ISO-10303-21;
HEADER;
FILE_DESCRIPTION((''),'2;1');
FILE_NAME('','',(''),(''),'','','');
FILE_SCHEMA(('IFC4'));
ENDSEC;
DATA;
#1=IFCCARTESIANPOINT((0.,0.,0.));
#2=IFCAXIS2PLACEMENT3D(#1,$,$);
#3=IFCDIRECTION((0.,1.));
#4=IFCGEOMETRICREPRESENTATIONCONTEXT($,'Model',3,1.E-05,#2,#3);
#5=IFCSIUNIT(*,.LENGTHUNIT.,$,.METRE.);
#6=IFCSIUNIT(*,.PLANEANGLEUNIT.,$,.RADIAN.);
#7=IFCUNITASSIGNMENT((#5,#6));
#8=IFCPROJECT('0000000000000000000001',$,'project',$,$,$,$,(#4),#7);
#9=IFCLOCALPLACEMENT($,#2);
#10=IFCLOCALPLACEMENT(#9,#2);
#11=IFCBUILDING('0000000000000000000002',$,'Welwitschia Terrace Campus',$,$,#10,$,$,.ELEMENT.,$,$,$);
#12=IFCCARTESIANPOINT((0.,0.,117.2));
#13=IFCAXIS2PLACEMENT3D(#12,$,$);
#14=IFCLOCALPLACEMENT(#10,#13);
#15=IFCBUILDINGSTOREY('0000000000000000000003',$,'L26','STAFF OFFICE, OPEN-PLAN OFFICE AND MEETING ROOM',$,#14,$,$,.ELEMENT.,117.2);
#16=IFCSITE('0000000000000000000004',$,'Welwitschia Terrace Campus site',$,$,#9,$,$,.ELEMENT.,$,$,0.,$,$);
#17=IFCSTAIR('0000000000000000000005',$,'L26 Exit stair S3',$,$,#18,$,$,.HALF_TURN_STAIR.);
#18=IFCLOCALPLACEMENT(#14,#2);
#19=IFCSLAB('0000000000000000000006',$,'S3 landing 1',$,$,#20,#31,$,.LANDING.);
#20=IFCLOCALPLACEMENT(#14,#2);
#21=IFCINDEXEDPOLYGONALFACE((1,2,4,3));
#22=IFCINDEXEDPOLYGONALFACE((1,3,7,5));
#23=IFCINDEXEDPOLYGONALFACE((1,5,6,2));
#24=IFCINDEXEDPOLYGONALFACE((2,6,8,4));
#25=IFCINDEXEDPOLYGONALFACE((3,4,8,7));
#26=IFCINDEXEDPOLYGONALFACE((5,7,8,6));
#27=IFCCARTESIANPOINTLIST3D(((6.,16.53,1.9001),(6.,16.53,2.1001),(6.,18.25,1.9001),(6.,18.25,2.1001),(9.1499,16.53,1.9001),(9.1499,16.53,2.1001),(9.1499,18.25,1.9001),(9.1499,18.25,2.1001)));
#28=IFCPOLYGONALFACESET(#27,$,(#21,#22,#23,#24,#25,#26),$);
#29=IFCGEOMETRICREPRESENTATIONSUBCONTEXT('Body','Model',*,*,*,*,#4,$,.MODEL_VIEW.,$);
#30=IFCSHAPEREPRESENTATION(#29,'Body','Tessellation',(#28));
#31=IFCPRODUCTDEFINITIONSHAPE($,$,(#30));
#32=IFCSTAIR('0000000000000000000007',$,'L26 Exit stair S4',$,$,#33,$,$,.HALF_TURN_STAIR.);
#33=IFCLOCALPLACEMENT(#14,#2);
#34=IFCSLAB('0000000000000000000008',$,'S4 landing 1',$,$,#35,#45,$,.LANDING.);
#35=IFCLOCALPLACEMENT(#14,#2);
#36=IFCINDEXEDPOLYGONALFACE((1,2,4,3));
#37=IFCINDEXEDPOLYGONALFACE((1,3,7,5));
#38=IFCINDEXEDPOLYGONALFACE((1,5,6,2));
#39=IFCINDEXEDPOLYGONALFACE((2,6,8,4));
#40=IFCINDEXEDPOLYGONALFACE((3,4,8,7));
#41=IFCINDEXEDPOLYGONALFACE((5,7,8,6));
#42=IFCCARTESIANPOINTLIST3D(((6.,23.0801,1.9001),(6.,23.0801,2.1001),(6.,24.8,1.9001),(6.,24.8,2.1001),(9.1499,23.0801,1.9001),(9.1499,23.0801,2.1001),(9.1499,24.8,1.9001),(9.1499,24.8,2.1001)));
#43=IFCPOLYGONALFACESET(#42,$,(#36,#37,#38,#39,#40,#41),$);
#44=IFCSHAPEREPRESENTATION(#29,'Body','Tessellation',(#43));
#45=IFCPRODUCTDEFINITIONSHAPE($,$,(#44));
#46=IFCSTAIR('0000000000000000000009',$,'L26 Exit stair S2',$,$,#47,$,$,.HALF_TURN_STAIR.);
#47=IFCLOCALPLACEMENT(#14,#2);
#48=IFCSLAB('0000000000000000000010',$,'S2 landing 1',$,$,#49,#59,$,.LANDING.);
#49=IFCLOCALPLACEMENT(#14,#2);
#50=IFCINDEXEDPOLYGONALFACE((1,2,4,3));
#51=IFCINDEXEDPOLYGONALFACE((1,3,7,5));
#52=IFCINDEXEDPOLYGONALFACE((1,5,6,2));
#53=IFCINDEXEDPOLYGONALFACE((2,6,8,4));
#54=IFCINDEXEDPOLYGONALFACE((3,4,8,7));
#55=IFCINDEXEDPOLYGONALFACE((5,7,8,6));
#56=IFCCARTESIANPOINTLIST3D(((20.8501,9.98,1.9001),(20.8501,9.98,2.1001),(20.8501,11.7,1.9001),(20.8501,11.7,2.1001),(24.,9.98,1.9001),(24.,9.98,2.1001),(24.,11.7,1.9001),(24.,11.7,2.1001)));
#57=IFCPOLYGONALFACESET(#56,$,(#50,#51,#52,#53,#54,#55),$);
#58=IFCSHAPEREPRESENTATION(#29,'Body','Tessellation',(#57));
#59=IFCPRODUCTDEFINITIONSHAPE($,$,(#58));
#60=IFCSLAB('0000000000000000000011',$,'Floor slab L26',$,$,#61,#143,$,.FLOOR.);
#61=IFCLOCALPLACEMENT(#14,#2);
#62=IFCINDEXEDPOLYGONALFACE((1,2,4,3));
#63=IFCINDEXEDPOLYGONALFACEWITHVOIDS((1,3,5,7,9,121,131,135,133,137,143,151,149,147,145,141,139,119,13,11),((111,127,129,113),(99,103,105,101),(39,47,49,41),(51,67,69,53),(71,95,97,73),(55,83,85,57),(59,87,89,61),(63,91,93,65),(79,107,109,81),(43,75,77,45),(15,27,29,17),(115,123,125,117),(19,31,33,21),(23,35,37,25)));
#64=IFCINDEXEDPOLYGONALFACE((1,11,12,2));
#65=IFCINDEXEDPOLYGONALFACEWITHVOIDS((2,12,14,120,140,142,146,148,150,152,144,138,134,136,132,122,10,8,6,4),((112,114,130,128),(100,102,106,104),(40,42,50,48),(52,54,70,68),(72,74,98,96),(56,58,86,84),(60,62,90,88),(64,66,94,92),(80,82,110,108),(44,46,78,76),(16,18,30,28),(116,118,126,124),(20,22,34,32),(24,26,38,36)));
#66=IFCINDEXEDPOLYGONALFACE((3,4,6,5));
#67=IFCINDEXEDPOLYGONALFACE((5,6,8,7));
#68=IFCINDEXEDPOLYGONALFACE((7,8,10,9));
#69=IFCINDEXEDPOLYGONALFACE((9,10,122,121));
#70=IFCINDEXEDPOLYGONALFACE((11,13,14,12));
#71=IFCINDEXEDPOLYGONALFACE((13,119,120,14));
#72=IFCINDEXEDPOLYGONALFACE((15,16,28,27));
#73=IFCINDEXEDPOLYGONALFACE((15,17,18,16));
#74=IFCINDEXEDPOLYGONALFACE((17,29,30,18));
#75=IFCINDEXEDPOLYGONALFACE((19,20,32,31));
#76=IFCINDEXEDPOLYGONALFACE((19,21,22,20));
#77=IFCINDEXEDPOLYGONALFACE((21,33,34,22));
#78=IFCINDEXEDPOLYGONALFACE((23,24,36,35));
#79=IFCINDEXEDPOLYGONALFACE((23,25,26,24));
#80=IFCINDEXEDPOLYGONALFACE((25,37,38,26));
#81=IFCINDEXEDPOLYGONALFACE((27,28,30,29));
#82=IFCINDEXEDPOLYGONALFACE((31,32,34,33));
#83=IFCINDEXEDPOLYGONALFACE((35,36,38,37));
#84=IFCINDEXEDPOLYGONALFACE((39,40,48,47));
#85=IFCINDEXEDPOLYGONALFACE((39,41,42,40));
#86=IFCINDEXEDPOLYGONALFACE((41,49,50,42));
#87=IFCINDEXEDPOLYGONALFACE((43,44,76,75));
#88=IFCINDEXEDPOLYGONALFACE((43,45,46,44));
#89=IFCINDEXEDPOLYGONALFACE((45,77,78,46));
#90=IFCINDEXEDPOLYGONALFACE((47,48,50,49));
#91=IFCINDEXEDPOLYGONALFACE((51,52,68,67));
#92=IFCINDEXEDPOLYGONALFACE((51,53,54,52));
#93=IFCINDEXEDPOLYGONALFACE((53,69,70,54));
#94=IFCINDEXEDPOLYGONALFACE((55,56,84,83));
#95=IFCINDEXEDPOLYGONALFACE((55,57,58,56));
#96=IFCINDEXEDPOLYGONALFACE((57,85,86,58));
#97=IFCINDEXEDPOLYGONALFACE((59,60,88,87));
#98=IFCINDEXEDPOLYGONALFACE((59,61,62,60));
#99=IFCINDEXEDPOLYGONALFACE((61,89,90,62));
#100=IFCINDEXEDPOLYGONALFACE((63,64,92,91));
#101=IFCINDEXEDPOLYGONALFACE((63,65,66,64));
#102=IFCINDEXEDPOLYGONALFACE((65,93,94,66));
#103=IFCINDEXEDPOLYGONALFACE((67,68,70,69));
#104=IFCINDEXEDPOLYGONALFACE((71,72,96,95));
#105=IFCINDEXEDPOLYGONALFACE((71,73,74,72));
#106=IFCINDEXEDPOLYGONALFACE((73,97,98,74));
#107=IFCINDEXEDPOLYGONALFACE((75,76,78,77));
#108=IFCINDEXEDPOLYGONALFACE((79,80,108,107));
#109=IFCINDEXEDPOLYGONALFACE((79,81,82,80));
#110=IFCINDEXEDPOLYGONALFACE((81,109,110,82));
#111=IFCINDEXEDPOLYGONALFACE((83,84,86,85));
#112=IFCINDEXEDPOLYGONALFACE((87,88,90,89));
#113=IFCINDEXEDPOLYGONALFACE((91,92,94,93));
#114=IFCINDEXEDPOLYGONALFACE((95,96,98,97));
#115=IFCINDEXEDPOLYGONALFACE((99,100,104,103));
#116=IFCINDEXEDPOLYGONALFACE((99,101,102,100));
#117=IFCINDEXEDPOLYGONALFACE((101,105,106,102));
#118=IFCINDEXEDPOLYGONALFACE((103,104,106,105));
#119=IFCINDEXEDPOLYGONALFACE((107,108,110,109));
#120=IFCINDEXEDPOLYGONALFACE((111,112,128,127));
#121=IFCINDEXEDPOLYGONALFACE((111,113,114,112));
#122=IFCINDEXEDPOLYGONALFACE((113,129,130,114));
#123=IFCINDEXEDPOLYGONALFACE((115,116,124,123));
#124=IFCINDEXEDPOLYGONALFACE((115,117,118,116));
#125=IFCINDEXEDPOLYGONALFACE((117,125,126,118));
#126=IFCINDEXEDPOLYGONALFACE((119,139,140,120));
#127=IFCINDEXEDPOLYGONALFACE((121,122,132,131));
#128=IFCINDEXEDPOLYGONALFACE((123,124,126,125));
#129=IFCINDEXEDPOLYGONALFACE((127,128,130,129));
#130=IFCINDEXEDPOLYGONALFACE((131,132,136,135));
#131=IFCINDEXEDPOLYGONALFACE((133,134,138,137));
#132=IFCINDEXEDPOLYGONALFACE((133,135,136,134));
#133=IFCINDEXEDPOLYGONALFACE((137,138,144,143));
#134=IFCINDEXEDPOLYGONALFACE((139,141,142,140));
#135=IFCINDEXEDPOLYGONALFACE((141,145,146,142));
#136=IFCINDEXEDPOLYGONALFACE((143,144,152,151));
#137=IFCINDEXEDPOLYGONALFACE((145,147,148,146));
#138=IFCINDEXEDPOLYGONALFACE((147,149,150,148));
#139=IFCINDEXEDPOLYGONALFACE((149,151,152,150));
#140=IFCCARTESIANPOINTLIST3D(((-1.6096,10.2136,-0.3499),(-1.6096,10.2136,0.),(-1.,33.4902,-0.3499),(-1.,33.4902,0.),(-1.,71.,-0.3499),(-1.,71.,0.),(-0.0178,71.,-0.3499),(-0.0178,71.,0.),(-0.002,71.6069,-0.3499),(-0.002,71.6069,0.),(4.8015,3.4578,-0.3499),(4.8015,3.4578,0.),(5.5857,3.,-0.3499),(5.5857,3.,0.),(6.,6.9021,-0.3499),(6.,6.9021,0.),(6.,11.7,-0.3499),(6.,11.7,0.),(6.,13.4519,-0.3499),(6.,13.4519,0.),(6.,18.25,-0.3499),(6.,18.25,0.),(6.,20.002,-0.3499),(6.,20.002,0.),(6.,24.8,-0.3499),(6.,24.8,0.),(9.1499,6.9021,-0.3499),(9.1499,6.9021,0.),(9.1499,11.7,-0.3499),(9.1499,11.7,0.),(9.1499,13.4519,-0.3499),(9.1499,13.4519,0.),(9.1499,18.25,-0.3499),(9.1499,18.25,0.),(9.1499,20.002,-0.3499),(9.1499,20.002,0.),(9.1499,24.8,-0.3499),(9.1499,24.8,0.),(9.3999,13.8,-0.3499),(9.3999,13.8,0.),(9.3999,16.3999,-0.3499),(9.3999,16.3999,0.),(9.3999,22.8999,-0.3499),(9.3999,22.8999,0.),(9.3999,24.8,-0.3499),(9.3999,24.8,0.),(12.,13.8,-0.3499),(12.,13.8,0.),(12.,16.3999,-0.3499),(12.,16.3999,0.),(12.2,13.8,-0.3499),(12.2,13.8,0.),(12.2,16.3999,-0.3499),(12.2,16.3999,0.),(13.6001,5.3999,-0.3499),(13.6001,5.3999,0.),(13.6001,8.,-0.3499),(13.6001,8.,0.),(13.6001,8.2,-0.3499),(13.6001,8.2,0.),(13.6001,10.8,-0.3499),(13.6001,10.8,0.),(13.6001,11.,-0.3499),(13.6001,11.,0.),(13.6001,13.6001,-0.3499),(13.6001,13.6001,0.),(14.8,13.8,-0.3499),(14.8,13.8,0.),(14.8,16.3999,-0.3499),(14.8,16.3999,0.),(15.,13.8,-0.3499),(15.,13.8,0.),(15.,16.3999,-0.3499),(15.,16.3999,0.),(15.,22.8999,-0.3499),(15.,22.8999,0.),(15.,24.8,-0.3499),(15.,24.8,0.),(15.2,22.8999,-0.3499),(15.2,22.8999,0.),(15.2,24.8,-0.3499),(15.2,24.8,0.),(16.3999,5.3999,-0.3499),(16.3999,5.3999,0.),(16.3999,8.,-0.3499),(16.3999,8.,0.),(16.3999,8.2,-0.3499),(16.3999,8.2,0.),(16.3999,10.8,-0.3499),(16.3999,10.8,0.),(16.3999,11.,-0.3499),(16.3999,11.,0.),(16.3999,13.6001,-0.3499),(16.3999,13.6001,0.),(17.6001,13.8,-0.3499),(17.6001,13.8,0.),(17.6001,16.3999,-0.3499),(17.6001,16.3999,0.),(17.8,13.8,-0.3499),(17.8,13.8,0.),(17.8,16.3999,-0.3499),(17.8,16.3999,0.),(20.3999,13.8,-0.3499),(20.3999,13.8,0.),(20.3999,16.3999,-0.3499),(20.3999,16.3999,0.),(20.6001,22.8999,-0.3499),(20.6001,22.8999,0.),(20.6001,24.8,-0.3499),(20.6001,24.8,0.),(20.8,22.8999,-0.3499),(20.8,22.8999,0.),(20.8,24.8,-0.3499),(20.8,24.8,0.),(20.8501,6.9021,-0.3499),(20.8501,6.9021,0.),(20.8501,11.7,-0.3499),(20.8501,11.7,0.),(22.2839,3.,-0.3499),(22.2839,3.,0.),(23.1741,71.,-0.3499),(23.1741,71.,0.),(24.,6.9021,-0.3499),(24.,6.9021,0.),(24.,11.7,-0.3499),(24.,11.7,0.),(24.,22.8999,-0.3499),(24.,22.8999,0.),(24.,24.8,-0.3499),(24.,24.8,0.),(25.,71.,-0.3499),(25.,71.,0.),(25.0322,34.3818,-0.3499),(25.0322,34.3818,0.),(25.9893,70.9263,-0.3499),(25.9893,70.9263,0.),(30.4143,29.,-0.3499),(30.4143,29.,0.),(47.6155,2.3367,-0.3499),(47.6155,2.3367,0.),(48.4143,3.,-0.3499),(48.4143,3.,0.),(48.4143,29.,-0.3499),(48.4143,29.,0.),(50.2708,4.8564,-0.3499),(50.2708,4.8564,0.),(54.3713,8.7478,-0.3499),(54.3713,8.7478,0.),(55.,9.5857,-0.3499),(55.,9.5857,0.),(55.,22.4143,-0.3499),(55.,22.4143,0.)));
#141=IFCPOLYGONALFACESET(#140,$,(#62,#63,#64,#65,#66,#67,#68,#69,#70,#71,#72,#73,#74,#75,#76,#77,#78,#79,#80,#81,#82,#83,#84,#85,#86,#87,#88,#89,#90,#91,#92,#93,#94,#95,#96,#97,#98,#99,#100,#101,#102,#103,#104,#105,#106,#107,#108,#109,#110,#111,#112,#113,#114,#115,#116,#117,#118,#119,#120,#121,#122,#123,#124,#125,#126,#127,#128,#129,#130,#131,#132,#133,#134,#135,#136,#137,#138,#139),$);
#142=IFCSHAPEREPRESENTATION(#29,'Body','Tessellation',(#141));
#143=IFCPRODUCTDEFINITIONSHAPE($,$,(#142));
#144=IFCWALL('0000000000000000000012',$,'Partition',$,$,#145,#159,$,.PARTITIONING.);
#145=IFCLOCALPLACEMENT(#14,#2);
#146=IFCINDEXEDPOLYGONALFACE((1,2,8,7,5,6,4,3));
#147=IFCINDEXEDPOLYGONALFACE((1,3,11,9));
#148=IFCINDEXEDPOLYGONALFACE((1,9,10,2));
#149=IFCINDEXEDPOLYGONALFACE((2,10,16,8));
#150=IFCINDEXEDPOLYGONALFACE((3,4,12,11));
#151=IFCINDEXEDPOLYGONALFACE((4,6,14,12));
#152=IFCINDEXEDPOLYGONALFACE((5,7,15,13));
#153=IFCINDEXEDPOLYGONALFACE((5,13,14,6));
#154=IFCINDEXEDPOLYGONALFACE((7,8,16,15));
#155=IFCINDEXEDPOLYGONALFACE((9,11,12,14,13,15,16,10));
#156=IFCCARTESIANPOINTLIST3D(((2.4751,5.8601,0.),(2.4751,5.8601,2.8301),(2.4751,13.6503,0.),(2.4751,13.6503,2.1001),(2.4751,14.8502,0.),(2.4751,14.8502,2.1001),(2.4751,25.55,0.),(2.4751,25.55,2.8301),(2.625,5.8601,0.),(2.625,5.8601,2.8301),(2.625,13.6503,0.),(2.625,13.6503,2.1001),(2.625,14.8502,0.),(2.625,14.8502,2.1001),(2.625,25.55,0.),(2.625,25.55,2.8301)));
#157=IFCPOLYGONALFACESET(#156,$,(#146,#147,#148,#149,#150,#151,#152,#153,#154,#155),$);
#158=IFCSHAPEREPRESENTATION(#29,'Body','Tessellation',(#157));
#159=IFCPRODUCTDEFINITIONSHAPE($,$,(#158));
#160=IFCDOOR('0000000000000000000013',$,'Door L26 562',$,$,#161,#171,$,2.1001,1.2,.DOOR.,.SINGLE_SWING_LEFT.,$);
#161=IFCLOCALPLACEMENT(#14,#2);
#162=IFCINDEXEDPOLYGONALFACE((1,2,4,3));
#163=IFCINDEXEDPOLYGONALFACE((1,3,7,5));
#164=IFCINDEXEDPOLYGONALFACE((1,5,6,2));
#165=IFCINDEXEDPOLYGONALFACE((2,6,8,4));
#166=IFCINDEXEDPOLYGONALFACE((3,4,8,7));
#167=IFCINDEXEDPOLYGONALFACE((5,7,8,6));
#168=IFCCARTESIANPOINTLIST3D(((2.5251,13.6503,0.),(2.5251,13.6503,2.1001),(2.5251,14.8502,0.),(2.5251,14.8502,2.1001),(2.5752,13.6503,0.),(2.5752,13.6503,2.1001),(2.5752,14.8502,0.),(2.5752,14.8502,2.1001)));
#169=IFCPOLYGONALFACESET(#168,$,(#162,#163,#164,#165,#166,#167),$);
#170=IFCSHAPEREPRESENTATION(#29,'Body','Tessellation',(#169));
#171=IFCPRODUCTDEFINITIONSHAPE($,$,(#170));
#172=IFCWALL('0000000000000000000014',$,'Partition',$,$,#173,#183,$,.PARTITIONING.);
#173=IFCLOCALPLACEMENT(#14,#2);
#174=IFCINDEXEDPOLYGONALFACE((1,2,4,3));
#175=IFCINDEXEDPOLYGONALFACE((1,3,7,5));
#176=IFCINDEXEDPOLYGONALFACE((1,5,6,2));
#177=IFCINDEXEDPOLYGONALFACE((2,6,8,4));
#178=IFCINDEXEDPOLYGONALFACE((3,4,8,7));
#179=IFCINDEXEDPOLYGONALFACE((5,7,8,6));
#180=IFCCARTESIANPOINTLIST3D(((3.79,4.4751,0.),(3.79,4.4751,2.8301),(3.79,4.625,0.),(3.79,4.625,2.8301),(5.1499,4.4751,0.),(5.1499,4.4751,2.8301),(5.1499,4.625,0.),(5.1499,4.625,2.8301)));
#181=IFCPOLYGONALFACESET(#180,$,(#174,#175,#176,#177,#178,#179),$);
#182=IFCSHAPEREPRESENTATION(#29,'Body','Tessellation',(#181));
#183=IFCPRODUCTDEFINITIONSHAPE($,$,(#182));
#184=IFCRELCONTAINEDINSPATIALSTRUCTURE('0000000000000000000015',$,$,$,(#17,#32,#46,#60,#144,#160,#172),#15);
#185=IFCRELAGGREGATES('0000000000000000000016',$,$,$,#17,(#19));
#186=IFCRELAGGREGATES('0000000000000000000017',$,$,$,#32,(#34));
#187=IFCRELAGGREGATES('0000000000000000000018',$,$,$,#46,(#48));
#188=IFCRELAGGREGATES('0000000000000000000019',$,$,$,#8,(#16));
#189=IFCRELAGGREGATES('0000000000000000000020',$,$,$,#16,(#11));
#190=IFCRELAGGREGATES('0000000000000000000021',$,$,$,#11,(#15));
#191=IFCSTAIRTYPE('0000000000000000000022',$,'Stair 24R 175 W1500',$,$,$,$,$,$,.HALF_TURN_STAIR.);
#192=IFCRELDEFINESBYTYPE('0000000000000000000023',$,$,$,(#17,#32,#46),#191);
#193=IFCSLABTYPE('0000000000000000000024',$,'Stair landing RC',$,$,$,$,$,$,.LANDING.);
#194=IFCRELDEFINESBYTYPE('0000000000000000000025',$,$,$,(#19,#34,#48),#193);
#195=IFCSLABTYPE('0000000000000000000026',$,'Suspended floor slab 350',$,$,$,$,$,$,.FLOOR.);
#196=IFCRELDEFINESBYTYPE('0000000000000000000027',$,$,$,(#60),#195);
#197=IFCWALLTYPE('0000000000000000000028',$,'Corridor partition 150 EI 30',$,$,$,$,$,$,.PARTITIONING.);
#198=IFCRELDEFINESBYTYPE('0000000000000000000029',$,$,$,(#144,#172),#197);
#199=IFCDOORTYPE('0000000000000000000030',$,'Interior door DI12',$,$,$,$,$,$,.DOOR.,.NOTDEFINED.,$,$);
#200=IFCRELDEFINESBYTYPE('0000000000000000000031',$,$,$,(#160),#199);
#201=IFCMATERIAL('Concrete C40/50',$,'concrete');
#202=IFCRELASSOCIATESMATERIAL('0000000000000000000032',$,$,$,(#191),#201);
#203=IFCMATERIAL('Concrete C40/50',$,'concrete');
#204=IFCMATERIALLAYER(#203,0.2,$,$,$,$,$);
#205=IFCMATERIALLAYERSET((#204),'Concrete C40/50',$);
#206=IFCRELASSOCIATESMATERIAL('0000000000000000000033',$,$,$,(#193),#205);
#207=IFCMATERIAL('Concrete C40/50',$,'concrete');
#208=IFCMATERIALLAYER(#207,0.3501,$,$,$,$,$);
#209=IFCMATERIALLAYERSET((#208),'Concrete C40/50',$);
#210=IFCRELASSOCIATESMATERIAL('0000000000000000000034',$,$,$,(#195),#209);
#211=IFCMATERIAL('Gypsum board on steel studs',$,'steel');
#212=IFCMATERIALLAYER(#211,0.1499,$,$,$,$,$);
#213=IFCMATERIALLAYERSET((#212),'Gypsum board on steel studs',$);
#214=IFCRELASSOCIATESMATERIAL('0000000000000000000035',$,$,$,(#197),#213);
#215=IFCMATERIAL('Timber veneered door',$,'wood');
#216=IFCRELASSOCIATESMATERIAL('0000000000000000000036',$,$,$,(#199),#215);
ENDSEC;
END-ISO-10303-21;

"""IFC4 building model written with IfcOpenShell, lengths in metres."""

from ifc_helpers import new_model, si_unit, direction, frame, frame_2d, origin, place, context, subcontext, project, spatial, polyline, rectangle, outline, extrude, material, layer, layer_set, type_object, element, fill, aggregate, save


model = new_model("IFC4")

# Units and contexts
model_context = context("Model", 3, precision=1e-05, world=origin(), true_north=direction((0.0, 1.0)))
body_context = subcontext(model_context, "Body", "Model", "MODEL_VIEW")
ifc_project = project(units=[si_unit("LENGTHUNIT", "METRE"), si_unit("PLANEANGLEUNIT", "RADIAN")], contexts=[model_context])

# Site, building, storey
site_placement = place(None, origin())
site = spatial("IfcSite", under=ifc_project, at=site_placement, Name="Welwitschia Terrace Campus site", CompositionType="ELEMENT", RefElevation=0.0)
building_placement = place(site_placement, origin())
building = spatial("IfcBuilding", under=site, at=building_placement, Name="Welwitschia Terrace Campus", CompositionType="ELEMENT")
storey_placement = place(building_placement, frame((0.0, 0.0, 117.2)))
storey = spatial("IfcBuildingStorey", under=building, at=storey_placement, Name="L26", Description="STAFF OFFICE, OPEN-PLAN OFFICE AND MEETING ROOM", CompositionType="ELEMENT", Elevation=117.2)

# Stairs, slabs
ifc_material_1 = material(Name="Concrete C40/50", Category="concrete")
stair_type = type_object("IfcStairType", Name="Stair 24R 175 W1500", PredefinedType="HALF_TURN_STAIR", material=ifc_material_1)
ifc_material_2 = material(Name="Concrete C40/50", Category="concrete")
ifc_layer_1 = layer(ifc_material_2, 0.2)
ifc_layer_set_1 = layer_set([ifc_layer_1], Name="Concrete C40/50")
slab_type_1 = type_object("IfcSlabType", Name="Stair landing RC", PredefinedType="LANDING", material=ifc_layer_set_1)
stair_1_placement = place(storey_placement, origin())
stair_1 = element("IfcStair", 1, at=stair_1_placement, inside=storey, type_object=stair_type, Name="L26 Exit stair S3", PredefinedType="HALF_TURN_STAIR")
slab_1_placement = place(storey_placement, frame((0.0, 0.0, 1.9001)))
slab_1 = element("IfcSlab", 2, at=slab_1_placement, type_object=slab_type_1, Name="S3 landing 1", PredefinedType="LANDING", context=body_context, shape_type="SweptSolid", body=[
    extrude(outline(polyline([(9.1499, 16.53), (9.1499, 18.25), (6.0, 18.25), (6.0, 16.53), (9.1499, 16.53)])), origin(), (0.0, 0.0, 1.0), 0.2),
])
aggregate(stair_1, [slab_1])
stair_2_placement = place(storey_placement, origin())
stair_2 = element("IfcStair", 3, at=stair_2_placement, inside=storey, type_object=stair_type, Name="L26 Exit stair S4", PredefinedType="HALF_TURN_STAIR")
slab_2_placement = place(storey_placement, frame((0.0, 0.0, 1.9001)))
slab_2 = element("IfcSlab", 4, at=slab_2_placement, type_object=slab_type_1, Name="S4 landing 1", PredefinedType="LANDING", context=body_context, shape_type="SweptSolid", body=[
    extrude(outline(polyline([(9.1499, 23.0801), (9.1499, 24.8), (6.0, 24.8), (6.0, 23.0801), (9.1499, 23.0801)])), origin(), (0.0, 0.0, 1.0), 0.2),
])
aggregate(stair_2, [slab_2])
stair_3_placement = place(storey_placement, origin())
stair_3 = element("IfcStair", 5, at=stair_3_placement, inside=storey, type_object=stair_type, Name="L26 Exit stair S2", PredefinedType="HALF_TURN_STAIR")
slab_3_placement = place(storey_placement, frame((0.0, 0.0, 1.9001)))
slab_3 = element("IfcSlab", 6, at=slab_3_placement, type_object=slab_type_1, Name="S2 landing 1", PredefinedType="LANDING", context=body_context, shape_type="SweptSolid", body=[
    extrude(outline(polyline([(24.0, 9.98), (24.0, 11.7), (20.8501, 11.7), (20.8501, 9.98), (24.0, 9.98)])), origin(), (0.0, 0.0, 1.0), 0.2),
])
aggregate(stair_3, [slab_3])

# Slab
ifc_material_3 = material(Name="Concrete C40/50", Category="concrete")
ifc_layer_2 = layer(ifc_material_3, 0.3501)
ifc_layer_set_2 = layer_set([ifc_layer_2], Name="Concrete C40/50")
slab_type_2 = type_object("IfcSlabType", Name="Suspended floor slab 350", PredefinedType="FLOOR", material=ifc_layer_set_2)
slab_4_placement = place(storey_placement, frame((0.0, 0.0, -0.3499)))
element("IfcSlab", 7, at=slab_4_placement, inside=storey, type_object=slab_type_2, Name="Floor slab L26", PredefinedType="FLOOR", context=body_context, shape_type="SweptSolid", body=[
    extrude(outline(polyline([(-1.0, 71.0), (-0.0178, 71.0), (-0.002, 71.6069), (23.1741, 71.0), (25.0, 71.0), (25.9893, 70.9263), (25.0322, 34.3818), (30.4143, 29.0), (48.4143, 29.0), (55.0, 22.4143), (55.0, 9.5857), (54.3713, 8.7478), (50.2708, 4.8564), (48.4143, 3.0), (47.6155, 2.3367), (22.2839, 3.0), (5.5857, 3.0), (4.8015, 3.4578), (-1.6096, 10.2136), (-1.0, 33.4902), (-1.0, 71.0)]), holes=[polyline([(13.6001, 8.0), (13.6001, 5.3999), (16.3999, 5.3999), (16.3999, 8.0), (13.6001, 8.0)]), polyline([(9.1499, 11.7), (6.0, 11.7), (6.0, 6.9021), (9.1499, 6.9021), (9.1499, 11.7)]), polyline([(12.0, 16.3999), (9.3999, 16.3999), (9.3999, 13.8), (12.0, 13.8), (12.0, 16.3999)]), polyline([(14.8, 16.3999), (12.2, 16.3999), (12.2, 13.8), (14.8, 13.8), (14.8, 16.3999)]), polyline([(9.1499, 18.25), (6.0, 18.25), (6.0, 13.4519), (9.1499, 13.4519), (9.1499, 18.25)]), polyline([(9.1499, 24.8), (6.0, 24.8), (6.0, 20.002), (9.1499, 20.002), (9.1499, 24.8)]), polyline([(15.0, 24.8), (9.3999, 24.8), (9.3999, 22.8999), (15.0, 22.8999), (15.0, 24.8)]), polyline([(20.8501, 11.7), (20.8501, 6.9021), (24.0, 6.9021), (24.0, 11.7), (20.8501, 11.7)]), polyline([(16.3999, 10.8), (13.6001, 10.8), (13.6001, 8.2), (16.3999, 8.2), (16.3999, 10.8)]), polyline([(16.3999, 13.6001), (13.6001, 13.6001), (13.6001, 11.0), (16.3999, 11.0), (16.3999, 13.6001)]), polyline([(17.6001, 16.3999), (15.0, 16.3999), (15.0, 13.8), (17.6001, 13.8), (17.6001, 16.3999)]), polyline([(20.3999, 16.3999), (17.8, 16.3999), (17.8, 13.8), (20.3999, 13.8), (20.3999, 16.3999)]), polyline([(20.6001, 24.8), (15.2, 24.8), (15.2, 22.8999), (20.6001, 22.8999), (20.6001, 24.8)]), polyline([(24.0, 24.8), (20.8, 24.8), (20.8, 22.8999), (24.0, 22.8999), (24.0, 24.8)])]), origin(), (0.0, 0.0, 1.0), 0.3499),
])

# Wall, opening, door
ifc_material_4 = material(Name="Gypsum board on steel studs", Category="steel")
ifc_layer_3 = layer(ifc_material_4, 0.1499)
ifc_layer_set_3 = layer_set([ifc_layer_3], Name="Gypsum board on steel studs")
wall_type = type_object("IfcWallType", Name="Corridor partition 150 EI 30", PredefinedType="PARTITIONING", material=ifc_layer_set_3)
wall_1_placement = place(storey_placement, frame((2.55, 5.8601, 0.0), z_axis=(0.0, 0.0, 1.0), x_axis=(0.0, 1.0, 0.0)))
wall_1 = element("IfcWall", 8, at=wall_1_placement, inside=storey, type_object=wall_type, Name="Partition", PredefinedType="PARTITIONING", context=body_context, shape_type="SweptSolid", body=[
    extrude(rectangle(XDim=19.6899, YDim=0.1499, at=frame_2d((9.845, 0.0))), origin(), (0.0, 0.0, 1.0), 2.8301),
])
opening_placement = place(wall_1_placement, frame((7.79, 0.0, 0.0)))
opening = element("IfcOpeningElement", 9, at=opening_placement, cuts=wall_1, PredefinedType="OPENING", context=body_context, shape_type="SweptSolid", body=[
    extrude(rectangle(XDim=1.2, YDim=2.1001, at=frame_2d((0.6001, 1.05))), frame((0.0, 0.085, 0.0), z_axis=(0.0, -1.0, 0.0), x_axis=(1.0, 0.0, 0.0)), (0.0, 0.0, 1.0), 0.1699),
])
ifc_material_5 = material(Name="Timber veneered door", Category="wood")
door_type = type_object("IfcDoorType", Name="Interior door DI12", OperationType="NOTDEFINED", PredefinedType="DOOR", material=ifc_material_5)
door_placement = place(opening_placement, origin())
door = element("IfcDoor", 10, at=door_placement, inside=storey, type_object=door_type, Name="Door L26 562", OperationType="SINGLE_SWING_LEFT", OverallHeight=2.1001, OverallWidth=1.2, PredefinedType="DOOR", context=body_context, shape_type="SweptSolid", body=[
    extrude(rectangle(XDim=1.2, YDim=2.1001, at=frame_2d((0.6001, 1.05))), frame((0.0, 0.0249, 0.0), z_axis=(0.0, -1.0, 0.0), x_axis=(1.0, 0.0, 0.0)), (0.0, 0.0, 1.0), 0.05),
])
fill(opening, door)

# Wall
wall_2_placement = place(storey_placement, frame((3.79, 4.55, 0.0), z_axis=(0.0, 0.0, 1.0), x_axis=(1.0, 0.0, 0.0)))
element("IfcWall", 11, at=wall_2_placement, inside=storey, type_object=wall_type, Name="Partition", PredefinedType="PARTITIONING", context=body_context, shape_type="SweptSolid", body=[
    extrude(rectangle(XDim=1.3599, YDim=0.1499, at=frame_2d((0.6799, 0.0))), origin(), (0.0, 0.0, 1.0), 2.8301),
])

save(model, "model.ifc")
